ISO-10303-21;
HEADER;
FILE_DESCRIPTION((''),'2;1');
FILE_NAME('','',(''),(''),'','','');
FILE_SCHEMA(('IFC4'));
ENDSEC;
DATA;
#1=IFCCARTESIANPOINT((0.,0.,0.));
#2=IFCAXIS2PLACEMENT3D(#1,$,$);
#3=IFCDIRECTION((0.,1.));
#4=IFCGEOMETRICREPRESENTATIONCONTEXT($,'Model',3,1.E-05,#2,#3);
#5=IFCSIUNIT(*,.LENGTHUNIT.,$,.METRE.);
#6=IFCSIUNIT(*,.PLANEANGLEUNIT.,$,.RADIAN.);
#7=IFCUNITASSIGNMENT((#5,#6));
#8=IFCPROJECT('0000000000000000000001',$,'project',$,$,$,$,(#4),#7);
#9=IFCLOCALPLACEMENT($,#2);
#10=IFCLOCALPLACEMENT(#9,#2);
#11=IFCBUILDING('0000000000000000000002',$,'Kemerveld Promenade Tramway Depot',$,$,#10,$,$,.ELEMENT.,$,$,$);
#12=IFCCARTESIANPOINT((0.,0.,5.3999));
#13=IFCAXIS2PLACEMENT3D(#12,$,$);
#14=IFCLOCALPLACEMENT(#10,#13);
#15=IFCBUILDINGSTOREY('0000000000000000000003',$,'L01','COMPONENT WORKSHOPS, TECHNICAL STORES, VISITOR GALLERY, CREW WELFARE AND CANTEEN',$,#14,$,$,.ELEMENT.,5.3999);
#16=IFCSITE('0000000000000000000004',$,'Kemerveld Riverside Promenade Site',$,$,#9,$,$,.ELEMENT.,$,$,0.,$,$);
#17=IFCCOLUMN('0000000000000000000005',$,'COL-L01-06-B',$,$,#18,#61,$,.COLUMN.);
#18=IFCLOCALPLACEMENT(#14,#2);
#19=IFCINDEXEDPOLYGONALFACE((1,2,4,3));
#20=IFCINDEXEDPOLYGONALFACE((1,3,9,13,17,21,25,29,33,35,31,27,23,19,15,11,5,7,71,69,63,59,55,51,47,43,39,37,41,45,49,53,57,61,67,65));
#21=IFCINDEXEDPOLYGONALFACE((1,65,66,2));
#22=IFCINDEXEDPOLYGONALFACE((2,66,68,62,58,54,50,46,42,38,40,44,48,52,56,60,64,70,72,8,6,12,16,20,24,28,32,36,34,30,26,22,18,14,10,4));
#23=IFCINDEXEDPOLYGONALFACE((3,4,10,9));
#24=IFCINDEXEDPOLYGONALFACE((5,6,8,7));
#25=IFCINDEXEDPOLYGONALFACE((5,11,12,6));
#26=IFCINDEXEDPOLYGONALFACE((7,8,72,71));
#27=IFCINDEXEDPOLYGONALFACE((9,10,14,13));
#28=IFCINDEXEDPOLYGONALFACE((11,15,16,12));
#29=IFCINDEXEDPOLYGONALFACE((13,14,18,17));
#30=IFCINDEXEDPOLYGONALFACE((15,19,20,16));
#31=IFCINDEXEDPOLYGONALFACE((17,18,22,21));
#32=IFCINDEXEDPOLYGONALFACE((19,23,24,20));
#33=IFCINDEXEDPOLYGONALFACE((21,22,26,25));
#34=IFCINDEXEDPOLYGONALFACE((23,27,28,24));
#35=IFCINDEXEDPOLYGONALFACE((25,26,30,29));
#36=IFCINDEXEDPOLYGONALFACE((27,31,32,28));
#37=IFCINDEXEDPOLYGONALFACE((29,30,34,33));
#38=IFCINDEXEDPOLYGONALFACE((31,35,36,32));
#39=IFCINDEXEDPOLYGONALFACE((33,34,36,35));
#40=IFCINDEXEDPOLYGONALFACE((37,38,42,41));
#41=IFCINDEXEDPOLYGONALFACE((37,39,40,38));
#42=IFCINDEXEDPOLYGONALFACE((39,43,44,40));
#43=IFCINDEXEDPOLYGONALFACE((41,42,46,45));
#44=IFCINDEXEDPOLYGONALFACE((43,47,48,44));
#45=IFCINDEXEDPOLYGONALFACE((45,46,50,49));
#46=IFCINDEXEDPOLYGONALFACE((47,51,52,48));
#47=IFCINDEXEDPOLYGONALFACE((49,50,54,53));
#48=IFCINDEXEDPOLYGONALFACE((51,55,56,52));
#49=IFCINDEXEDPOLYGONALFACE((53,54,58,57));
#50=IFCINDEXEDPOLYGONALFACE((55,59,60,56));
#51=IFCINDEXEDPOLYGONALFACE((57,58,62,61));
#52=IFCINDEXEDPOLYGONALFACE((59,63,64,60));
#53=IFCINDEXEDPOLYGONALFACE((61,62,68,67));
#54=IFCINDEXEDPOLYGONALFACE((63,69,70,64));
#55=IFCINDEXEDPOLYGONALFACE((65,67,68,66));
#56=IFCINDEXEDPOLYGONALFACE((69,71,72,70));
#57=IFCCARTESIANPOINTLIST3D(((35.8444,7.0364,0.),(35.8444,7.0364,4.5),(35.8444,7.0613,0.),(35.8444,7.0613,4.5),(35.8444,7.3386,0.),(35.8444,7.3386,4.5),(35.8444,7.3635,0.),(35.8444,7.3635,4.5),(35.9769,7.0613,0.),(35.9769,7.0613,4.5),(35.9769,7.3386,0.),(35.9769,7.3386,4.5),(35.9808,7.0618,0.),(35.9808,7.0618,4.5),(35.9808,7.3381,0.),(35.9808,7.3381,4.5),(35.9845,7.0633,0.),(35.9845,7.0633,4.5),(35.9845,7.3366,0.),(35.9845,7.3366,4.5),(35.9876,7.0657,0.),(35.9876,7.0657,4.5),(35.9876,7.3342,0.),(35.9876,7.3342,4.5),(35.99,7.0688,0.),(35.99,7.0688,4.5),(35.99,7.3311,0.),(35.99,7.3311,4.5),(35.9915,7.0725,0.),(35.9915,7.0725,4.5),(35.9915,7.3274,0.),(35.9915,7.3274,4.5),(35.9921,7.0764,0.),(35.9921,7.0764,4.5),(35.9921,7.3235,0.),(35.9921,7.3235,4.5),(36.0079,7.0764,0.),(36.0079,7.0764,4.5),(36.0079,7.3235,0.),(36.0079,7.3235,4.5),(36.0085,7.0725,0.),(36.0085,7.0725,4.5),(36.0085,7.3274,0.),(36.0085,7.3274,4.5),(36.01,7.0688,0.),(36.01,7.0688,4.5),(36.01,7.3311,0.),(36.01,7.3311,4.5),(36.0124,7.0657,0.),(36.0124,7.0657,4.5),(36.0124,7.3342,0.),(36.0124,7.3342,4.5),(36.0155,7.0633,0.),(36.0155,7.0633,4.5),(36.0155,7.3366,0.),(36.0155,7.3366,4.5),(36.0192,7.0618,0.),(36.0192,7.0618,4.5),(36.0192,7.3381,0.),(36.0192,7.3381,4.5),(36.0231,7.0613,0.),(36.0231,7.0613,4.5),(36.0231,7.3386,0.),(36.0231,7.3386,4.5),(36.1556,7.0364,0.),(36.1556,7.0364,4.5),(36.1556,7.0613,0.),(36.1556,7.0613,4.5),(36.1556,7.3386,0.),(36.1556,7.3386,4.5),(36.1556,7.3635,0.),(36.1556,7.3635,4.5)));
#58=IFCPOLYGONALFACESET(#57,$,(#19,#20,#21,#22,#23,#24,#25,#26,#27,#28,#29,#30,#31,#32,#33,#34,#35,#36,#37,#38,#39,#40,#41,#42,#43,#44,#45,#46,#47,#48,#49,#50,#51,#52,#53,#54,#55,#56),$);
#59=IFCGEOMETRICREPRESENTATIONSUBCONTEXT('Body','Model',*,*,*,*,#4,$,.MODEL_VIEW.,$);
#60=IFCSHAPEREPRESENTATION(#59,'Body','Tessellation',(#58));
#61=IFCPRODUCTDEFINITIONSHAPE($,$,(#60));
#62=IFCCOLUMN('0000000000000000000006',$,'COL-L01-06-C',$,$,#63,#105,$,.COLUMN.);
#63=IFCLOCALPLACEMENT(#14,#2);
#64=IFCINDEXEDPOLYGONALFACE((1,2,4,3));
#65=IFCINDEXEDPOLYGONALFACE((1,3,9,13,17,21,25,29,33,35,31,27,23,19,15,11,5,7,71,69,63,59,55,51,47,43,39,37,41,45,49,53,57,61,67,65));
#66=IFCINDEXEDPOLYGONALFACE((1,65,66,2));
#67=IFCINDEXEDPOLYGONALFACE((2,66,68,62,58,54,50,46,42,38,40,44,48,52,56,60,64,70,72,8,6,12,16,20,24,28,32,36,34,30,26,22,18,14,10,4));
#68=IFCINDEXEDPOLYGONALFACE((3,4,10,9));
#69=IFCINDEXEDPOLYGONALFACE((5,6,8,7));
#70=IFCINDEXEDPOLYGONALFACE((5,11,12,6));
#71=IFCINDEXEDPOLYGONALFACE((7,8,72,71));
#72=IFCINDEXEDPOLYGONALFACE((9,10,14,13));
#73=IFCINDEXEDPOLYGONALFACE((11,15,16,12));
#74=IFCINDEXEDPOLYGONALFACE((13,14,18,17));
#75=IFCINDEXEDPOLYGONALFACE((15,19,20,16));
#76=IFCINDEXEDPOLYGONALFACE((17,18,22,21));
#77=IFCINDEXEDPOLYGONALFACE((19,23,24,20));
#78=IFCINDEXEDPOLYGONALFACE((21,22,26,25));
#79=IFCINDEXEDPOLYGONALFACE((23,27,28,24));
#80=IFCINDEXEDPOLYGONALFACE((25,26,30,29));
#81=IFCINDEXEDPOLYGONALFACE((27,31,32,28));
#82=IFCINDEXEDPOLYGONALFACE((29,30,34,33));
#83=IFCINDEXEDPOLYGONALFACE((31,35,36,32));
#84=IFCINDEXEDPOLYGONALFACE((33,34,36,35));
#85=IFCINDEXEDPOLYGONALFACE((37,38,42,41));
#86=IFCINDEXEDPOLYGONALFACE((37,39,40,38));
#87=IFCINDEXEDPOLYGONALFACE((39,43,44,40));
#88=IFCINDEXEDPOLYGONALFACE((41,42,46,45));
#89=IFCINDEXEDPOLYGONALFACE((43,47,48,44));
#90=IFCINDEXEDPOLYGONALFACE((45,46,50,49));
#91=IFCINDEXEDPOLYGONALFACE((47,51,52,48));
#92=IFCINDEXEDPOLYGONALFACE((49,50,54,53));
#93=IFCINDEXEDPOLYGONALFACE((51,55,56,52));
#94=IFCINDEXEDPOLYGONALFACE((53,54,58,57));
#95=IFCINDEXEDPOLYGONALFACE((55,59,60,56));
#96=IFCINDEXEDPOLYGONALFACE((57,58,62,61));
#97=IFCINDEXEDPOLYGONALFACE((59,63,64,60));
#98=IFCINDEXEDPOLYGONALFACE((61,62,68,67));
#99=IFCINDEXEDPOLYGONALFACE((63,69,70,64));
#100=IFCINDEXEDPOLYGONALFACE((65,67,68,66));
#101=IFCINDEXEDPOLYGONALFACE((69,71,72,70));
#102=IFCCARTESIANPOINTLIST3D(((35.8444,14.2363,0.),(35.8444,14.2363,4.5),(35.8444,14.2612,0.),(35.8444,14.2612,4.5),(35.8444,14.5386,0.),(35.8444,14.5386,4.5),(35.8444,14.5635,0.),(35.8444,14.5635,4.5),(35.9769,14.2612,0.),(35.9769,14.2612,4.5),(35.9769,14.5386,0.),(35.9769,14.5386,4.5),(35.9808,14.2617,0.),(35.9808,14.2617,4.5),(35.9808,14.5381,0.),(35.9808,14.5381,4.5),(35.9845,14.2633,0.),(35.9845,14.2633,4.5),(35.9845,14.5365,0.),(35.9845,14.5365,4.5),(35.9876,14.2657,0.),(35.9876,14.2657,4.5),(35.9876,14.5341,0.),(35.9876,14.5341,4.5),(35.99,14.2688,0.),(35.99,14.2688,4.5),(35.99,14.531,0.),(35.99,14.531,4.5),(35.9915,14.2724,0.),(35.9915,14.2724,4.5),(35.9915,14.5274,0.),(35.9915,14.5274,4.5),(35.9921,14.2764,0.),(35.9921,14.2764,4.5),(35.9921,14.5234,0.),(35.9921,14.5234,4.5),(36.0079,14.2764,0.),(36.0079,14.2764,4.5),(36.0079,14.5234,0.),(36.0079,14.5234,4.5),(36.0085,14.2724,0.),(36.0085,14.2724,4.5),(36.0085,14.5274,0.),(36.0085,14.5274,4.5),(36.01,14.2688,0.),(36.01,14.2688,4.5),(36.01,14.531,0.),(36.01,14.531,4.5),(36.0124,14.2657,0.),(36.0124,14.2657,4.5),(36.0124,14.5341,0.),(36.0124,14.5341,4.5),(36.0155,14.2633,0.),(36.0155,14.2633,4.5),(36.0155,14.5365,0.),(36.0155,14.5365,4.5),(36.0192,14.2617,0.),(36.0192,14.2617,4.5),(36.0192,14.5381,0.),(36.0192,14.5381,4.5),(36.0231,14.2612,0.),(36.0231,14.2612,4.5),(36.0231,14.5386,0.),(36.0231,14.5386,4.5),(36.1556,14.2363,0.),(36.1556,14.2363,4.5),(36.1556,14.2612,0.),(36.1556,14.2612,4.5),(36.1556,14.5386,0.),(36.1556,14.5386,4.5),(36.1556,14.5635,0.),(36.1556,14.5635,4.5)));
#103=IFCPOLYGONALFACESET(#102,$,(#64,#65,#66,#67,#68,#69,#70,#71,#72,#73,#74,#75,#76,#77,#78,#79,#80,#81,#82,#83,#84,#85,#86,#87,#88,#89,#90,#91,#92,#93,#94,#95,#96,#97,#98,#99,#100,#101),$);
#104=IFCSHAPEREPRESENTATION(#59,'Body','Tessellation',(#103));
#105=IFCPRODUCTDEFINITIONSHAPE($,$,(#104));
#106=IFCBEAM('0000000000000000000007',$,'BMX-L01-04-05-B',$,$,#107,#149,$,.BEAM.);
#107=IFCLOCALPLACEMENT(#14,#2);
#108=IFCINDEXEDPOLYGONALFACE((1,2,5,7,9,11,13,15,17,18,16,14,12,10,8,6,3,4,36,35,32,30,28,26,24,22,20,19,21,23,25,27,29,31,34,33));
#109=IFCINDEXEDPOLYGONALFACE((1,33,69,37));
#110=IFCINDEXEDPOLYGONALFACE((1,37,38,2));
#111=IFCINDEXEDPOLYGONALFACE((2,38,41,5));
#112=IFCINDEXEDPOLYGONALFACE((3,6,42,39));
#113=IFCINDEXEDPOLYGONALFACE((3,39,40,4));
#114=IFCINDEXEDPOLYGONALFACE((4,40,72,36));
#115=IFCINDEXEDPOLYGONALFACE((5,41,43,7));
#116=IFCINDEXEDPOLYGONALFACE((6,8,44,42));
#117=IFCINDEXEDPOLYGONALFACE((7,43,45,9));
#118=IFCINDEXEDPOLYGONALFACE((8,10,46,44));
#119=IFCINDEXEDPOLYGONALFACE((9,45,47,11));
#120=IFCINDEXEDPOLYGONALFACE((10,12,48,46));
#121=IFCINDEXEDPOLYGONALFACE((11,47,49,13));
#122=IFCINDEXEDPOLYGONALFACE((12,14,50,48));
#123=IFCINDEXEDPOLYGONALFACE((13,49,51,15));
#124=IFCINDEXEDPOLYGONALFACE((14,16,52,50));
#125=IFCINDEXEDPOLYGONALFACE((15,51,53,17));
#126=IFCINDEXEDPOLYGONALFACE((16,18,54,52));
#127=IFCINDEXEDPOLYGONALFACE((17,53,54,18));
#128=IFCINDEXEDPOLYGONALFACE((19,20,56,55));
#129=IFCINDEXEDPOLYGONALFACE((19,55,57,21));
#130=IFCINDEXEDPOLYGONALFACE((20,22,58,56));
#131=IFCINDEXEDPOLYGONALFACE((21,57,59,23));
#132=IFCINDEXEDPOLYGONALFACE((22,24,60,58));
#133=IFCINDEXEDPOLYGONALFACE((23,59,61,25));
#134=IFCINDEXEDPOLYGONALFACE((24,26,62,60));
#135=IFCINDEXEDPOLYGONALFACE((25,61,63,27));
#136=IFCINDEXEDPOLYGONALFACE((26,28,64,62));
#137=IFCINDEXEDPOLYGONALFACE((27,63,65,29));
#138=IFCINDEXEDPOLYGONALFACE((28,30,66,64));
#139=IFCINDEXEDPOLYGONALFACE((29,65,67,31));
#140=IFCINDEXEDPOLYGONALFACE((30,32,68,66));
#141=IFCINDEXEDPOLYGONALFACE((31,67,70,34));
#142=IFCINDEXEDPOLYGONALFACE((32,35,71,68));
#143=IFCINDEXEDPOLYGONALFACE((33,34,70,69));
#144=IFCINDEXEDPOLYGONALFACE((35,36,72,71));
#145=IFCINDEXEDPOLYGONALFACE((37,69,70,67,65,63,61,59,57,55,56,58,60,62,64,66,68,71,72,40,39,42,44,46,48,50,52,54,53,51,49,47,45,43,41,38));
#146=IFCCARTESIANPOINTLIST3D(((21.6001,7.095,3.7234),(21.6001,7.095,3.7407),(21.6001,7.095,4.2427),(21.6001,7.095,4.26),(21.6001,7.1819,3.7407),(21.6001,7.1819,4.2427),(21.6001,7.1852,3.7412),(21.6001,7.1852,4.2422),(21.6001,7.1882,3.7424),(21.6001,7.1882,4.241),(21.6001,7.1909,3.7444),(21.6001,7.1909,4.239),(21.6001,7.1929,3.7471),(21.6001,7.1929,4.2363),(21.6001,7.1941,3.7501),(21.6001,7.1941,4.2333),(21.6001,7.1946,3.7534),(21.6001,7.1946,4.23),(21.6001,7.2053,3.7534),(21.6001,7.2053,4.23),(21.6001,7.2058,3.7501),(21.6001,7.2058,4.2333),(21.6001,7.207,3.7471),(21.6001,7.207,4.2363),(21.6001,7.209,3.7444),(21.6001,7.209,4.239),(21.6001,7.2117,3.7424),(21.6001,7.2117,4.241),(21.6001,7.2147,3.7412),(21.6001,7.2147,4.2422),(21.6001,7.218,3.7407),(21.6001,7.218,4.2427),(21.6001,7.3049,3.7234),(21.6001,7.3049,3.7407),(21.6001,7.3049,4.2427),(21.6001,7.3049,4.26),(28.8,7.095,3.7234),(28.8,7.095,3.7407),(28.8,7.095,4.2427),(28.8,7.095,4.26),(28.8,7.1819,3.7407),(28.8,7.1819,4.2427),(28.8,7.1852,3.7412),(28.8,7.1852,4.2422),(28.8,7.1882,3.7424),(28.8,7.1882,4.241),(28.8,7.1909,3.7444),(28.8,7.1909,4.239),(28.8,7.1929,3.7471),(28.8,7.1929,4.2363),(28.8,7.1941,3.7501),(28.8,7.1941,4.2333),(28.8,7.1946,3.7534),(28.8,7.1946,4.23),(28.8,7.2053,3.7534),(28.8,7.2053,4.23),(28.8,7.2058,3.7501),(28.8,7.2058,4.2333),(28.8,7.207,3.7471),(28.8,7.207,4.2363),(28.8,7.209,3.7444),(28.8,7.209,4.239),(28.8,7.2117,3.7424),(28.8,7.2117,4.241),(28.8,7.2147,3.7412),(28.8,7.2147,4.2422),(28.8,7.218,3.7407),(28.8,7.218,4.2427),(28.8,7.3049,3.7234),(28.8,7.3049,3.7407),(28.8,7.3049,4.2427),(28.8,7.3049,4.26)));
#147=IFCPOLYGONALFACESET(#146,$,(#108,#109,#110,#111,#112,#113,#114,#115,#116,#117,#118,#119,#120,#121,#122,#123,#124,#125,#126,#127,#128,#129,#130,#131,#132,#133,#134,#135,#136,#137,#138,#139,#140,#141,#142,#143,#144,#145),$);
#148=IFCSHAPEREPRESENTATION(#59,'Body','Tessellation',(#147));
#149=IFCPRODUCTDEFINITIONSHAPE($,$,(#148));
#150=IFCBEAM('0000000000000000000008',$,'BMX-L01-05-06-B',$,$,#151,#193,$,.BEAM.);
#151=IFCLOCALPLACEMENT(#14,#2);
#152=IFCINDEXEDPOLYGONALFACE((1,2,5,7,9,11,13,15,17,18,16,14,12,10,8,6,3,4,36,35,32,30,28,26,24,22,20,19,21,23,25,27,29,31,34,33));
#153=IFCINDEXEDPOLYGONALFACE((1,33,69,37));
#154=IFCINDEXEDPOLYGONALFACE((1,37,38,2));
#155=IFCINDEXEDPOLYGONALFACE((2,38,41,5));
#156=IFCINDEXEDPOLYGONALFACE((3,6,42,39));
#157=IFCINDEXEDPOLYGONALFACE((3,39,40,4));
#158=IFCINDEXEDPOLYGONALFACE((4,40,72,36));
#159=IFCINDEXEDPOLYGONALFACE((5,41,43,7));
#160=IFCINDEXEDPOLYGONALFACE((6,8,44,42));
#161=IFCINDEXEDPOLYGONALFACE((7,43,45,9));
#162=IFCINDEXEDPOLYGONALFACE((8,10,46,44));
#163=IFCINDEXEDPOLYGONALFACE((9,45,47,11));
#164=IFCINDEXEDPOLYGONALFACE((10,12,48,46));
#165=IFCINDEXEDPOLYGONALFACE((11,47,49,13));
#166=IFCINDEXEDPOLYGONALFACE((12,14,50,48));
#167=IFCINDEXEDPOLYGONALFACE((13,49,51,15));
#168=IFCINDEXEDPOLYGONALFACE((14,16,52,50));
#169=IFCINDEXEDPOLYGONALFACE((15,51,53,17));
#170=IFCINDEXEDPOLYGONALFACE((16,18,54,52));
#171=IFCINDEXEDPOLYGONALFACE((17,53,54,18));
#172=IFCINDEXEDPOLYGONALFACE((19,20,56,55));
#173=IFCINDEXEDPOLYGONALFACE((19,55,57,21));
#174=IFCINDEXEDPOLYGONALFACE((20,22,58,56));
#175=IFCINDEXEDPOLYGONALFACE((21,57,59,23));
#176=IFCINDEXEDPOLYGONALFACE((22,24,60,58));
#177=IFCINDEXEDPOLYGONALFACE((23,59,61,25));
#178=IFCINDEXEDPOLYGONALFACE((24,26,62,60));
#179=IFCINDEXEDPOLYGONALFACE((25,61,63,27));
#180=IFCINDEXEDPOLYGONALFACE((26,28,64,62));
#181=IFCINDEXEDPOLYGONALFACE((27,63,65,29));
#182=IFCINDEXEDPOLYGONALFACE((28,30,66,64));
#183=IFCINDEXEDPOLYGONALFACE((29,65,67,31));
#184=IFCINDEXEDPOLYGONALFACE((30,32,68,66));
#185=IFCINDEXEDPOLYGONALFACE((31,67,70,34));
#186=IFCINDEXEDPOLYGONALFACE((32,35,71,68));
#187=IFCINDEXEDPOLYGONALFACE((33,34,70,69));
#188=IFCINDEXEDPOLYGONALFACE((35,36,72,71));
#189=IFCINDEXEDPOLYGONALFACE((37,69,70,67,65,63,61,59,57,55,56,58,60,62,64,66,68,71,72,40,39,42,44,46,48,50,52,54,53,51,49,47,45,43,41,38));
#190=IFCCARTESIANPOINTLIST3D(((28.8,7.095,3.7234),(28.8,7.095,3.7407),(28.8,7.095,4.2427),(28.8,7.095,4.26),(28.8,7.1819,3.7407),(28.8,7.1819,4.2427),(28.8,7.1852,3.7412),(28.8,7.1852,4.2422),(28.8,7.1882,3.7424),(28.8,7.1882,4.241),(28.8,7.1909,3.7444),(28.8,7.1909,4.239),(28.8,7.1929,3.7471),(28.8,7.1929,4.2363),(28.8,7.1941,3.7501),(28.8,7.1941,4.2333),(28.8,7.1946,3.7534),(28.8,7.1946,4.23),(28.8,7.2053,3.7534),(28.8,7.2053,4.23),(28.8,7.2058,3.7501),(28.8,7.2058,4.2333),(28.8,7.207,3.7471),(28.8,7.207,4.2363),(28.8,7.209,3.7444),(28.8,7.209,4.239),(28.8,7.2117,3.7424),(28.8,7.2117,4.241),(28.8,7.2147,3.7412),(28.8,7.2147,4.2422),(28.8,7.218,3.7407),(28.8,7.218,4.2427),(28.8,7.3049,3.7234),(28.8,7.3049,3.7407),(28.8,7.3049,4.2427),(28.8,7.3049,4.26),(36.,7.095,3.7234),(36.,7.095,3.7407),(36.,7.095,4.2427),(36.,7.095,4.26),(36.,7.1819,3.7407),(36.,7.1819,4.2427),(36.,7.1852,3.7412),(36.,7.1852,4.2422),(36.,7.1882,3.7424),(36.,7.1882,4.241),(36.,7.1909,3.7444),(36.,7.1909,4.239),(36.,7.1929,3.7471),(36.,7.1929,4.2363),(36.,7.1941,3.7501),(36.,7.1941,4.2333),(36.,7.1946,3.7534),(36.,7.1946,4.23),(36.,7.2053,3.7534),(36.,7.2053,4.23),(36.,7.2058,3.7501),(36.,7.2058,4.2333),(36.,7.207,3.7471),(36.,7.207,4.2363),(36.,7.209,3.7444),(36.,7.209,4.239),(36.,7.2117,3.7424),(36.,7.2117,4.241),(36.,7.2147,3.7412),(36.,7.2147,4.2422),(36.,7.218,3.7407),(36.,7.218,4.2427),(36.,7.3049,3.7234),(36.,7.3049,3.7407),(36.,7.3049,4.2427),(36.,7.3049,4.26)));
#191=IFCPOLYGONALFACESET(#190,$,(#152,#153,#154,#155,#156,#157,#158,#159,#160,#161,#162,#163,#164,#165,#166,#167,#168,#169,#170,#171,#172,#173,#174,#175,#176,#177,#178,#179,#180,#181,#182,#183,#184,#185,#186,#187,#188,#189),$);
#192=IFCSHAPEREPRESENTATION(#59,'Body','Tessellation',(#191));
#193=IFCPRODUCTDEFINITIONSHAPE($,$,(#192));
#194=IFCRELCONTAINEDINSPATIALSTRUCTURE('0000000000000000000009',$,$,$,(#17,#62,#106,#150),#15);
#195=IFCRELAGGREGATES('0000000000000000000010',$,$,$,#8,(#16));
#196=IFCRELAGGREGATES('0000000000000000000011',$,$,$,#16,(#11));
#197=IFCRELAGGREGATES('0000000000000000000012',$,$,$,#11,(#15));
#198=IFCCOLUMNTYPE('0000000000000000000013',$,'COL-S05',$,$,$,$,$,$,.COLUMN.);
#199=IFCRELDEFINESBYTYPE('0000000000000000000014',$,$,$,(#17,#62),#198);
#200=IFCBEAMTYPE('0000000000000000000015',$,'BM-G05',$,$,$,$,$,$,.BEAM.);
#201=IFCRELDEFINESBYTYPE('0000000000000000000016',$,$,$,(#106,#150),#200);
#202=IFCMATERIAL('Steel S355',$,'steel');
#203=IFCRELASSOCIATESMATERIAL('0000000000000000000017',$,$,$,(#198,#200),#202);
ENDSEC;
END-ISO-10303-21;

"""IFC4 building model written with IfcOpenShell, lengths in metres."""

from ifc_helpers import new_model, si_unit, direction, frame, origin, origin_2d, place, context, subcontext, project, spatial, i_section, extrude, material, material_profile, profile_set, type_object, element, save


model = new_model("IFC4")

# Units and contexts
model_context = context("Model", 3, precision=1e-05, world=origin(), true_north=direction((0.0, 1.0)))
body_context = subcontext(model_context, "Body", "Model", "MODEL_VIEW")
ifc_project = project(units=[si_unit("LENGTHUNIT", "METRE"), si_unit("PLANEANGLEUNIT", "RADIAN")], contexts=[model_context])

# Site, building, storey
site_placement = place(None, origin())
site = spatial("IfcSite", under=ifc_project, at=site_placement, Name="Kemerveld Riverside Promenade Site", CompositionType="ELEMENT", RefElevation=0.0)
building_placement = place(site_placement, origin())
building = spatial("IfcBuilding", under=site, at=building_placement, Name="Kemerveld Promenade Tramway Depot", CompositionType="ELEMENT")
storey_placement = place(building_placement, frame((0.0, 0.0, 5.3999)))
storey = spatial("IfcBuildingStorey", under=building, at=storey_placement, Name="L01", Description="COMPONENT WORKSHOPS, TECHNICAL STORES, VISITOR GALLERY, CREW WELFARE AND CANTEEN", CompositionType="ELEMENT", Elevation=5.3999)

# Columns
ifc_material_1 = material(Name="Steel S355", Category="steel")
ifc_material_profile_1 = material_profile(ifc_material_1, i_section(OverallWidth=0.3113, OverallDepth=0.3271, WebThickness=0.0159, FlangeThickness=0.0249, FilletRadius=0.0151, at=origin_2d()), Name="305x305x158 UC")
ifc_profile_set_1 = profile_set([ifc_material_profile_1], Name="Steel S355")
column_type = type_object("IfcColumnType", Name="COL-S05", PredefinedType="COLUMN", material=ifc_profile_set_1)
for number, where, z_axis, x_axis, name in (
    (1, (36.0, 7.2, 0.0), (0.0, 0.0, 1.0), (1.0, 0.0, 0.0), "COL-L01-06-B"),
    (2, (36.0, 14.3999, 0.0), (0.0, 0.0, 1.0), (1.0, 0.0, 0.0), "COL-L01-06-C"),
):
    element("IfcColumn", number, at=place(storey_placement, frame(where, z_axis=z_axis, x_axis=x_axis)), inside=storey, type_object=column_type, Name=name, PredefinedType="COLUMN", context=body_context, shape_type="SweptSolid", body=[
        extrude(i_section(OverallWidth=0.3113, OverallDepth=0.3271, WebThickness=0.0159, FlangeThickness=0.0249, FilletRadius=0.0151, at=origin_2d()), origin(), (0.0, 0.0, 1.0), 4.5),
    ])

# Beams
ifc_material_profile_2 = material_profile(ifc_material_1, i_section(OverallWidth=0.21, OverallDepth=0.5366, WebThickness=0.0107, FlangeThickness=0.0173, FilletRadius=0.0127, at=origin_2d()), Name="533x210x101 UB")
ifc_profile_set_2 = profile_set([ifc_material_profile_2], Name="Steel S355")
beam_type_1 = type_object("IfcBeamType", Name="BM-G05", PredefinedType="BEAM", material=ifc_profile_set_2)
for number, where, z_axis, x_axis, name in (
    (3, (21.6001, 7.2, 3.9917), (1.0, 0.0, 0.0), (0.0, 1.0, 0.0), "BMX-L01-04-05-B"),
    (4, (28.8, 7.2, 3.9917), (1.0, 0.0, 0.0), (0.0, 1.0, 0.0), "BMX-L01-05-06-B"),
):
    element("IfcBeam", number, at=place(storey_placement, frame(where, z_axis=z_axis, x_axis=x_axis)), inside=storey, type_object=beam_type_1, Name=name, PredefinedType="BEAM", context=body_context, shape_type="SweptSolid", body=[
        extrude(i_section(OverallWidth=0.21, OverallDepth=0.5366, WebThickness=0.0107, FlangeThickness=0.0173, FilletRadius=0.0127, at=origin_2d()), origin(), (0.0, 0.0, 1.0), 7.2),
    ])

save(model, "model.ifc")
